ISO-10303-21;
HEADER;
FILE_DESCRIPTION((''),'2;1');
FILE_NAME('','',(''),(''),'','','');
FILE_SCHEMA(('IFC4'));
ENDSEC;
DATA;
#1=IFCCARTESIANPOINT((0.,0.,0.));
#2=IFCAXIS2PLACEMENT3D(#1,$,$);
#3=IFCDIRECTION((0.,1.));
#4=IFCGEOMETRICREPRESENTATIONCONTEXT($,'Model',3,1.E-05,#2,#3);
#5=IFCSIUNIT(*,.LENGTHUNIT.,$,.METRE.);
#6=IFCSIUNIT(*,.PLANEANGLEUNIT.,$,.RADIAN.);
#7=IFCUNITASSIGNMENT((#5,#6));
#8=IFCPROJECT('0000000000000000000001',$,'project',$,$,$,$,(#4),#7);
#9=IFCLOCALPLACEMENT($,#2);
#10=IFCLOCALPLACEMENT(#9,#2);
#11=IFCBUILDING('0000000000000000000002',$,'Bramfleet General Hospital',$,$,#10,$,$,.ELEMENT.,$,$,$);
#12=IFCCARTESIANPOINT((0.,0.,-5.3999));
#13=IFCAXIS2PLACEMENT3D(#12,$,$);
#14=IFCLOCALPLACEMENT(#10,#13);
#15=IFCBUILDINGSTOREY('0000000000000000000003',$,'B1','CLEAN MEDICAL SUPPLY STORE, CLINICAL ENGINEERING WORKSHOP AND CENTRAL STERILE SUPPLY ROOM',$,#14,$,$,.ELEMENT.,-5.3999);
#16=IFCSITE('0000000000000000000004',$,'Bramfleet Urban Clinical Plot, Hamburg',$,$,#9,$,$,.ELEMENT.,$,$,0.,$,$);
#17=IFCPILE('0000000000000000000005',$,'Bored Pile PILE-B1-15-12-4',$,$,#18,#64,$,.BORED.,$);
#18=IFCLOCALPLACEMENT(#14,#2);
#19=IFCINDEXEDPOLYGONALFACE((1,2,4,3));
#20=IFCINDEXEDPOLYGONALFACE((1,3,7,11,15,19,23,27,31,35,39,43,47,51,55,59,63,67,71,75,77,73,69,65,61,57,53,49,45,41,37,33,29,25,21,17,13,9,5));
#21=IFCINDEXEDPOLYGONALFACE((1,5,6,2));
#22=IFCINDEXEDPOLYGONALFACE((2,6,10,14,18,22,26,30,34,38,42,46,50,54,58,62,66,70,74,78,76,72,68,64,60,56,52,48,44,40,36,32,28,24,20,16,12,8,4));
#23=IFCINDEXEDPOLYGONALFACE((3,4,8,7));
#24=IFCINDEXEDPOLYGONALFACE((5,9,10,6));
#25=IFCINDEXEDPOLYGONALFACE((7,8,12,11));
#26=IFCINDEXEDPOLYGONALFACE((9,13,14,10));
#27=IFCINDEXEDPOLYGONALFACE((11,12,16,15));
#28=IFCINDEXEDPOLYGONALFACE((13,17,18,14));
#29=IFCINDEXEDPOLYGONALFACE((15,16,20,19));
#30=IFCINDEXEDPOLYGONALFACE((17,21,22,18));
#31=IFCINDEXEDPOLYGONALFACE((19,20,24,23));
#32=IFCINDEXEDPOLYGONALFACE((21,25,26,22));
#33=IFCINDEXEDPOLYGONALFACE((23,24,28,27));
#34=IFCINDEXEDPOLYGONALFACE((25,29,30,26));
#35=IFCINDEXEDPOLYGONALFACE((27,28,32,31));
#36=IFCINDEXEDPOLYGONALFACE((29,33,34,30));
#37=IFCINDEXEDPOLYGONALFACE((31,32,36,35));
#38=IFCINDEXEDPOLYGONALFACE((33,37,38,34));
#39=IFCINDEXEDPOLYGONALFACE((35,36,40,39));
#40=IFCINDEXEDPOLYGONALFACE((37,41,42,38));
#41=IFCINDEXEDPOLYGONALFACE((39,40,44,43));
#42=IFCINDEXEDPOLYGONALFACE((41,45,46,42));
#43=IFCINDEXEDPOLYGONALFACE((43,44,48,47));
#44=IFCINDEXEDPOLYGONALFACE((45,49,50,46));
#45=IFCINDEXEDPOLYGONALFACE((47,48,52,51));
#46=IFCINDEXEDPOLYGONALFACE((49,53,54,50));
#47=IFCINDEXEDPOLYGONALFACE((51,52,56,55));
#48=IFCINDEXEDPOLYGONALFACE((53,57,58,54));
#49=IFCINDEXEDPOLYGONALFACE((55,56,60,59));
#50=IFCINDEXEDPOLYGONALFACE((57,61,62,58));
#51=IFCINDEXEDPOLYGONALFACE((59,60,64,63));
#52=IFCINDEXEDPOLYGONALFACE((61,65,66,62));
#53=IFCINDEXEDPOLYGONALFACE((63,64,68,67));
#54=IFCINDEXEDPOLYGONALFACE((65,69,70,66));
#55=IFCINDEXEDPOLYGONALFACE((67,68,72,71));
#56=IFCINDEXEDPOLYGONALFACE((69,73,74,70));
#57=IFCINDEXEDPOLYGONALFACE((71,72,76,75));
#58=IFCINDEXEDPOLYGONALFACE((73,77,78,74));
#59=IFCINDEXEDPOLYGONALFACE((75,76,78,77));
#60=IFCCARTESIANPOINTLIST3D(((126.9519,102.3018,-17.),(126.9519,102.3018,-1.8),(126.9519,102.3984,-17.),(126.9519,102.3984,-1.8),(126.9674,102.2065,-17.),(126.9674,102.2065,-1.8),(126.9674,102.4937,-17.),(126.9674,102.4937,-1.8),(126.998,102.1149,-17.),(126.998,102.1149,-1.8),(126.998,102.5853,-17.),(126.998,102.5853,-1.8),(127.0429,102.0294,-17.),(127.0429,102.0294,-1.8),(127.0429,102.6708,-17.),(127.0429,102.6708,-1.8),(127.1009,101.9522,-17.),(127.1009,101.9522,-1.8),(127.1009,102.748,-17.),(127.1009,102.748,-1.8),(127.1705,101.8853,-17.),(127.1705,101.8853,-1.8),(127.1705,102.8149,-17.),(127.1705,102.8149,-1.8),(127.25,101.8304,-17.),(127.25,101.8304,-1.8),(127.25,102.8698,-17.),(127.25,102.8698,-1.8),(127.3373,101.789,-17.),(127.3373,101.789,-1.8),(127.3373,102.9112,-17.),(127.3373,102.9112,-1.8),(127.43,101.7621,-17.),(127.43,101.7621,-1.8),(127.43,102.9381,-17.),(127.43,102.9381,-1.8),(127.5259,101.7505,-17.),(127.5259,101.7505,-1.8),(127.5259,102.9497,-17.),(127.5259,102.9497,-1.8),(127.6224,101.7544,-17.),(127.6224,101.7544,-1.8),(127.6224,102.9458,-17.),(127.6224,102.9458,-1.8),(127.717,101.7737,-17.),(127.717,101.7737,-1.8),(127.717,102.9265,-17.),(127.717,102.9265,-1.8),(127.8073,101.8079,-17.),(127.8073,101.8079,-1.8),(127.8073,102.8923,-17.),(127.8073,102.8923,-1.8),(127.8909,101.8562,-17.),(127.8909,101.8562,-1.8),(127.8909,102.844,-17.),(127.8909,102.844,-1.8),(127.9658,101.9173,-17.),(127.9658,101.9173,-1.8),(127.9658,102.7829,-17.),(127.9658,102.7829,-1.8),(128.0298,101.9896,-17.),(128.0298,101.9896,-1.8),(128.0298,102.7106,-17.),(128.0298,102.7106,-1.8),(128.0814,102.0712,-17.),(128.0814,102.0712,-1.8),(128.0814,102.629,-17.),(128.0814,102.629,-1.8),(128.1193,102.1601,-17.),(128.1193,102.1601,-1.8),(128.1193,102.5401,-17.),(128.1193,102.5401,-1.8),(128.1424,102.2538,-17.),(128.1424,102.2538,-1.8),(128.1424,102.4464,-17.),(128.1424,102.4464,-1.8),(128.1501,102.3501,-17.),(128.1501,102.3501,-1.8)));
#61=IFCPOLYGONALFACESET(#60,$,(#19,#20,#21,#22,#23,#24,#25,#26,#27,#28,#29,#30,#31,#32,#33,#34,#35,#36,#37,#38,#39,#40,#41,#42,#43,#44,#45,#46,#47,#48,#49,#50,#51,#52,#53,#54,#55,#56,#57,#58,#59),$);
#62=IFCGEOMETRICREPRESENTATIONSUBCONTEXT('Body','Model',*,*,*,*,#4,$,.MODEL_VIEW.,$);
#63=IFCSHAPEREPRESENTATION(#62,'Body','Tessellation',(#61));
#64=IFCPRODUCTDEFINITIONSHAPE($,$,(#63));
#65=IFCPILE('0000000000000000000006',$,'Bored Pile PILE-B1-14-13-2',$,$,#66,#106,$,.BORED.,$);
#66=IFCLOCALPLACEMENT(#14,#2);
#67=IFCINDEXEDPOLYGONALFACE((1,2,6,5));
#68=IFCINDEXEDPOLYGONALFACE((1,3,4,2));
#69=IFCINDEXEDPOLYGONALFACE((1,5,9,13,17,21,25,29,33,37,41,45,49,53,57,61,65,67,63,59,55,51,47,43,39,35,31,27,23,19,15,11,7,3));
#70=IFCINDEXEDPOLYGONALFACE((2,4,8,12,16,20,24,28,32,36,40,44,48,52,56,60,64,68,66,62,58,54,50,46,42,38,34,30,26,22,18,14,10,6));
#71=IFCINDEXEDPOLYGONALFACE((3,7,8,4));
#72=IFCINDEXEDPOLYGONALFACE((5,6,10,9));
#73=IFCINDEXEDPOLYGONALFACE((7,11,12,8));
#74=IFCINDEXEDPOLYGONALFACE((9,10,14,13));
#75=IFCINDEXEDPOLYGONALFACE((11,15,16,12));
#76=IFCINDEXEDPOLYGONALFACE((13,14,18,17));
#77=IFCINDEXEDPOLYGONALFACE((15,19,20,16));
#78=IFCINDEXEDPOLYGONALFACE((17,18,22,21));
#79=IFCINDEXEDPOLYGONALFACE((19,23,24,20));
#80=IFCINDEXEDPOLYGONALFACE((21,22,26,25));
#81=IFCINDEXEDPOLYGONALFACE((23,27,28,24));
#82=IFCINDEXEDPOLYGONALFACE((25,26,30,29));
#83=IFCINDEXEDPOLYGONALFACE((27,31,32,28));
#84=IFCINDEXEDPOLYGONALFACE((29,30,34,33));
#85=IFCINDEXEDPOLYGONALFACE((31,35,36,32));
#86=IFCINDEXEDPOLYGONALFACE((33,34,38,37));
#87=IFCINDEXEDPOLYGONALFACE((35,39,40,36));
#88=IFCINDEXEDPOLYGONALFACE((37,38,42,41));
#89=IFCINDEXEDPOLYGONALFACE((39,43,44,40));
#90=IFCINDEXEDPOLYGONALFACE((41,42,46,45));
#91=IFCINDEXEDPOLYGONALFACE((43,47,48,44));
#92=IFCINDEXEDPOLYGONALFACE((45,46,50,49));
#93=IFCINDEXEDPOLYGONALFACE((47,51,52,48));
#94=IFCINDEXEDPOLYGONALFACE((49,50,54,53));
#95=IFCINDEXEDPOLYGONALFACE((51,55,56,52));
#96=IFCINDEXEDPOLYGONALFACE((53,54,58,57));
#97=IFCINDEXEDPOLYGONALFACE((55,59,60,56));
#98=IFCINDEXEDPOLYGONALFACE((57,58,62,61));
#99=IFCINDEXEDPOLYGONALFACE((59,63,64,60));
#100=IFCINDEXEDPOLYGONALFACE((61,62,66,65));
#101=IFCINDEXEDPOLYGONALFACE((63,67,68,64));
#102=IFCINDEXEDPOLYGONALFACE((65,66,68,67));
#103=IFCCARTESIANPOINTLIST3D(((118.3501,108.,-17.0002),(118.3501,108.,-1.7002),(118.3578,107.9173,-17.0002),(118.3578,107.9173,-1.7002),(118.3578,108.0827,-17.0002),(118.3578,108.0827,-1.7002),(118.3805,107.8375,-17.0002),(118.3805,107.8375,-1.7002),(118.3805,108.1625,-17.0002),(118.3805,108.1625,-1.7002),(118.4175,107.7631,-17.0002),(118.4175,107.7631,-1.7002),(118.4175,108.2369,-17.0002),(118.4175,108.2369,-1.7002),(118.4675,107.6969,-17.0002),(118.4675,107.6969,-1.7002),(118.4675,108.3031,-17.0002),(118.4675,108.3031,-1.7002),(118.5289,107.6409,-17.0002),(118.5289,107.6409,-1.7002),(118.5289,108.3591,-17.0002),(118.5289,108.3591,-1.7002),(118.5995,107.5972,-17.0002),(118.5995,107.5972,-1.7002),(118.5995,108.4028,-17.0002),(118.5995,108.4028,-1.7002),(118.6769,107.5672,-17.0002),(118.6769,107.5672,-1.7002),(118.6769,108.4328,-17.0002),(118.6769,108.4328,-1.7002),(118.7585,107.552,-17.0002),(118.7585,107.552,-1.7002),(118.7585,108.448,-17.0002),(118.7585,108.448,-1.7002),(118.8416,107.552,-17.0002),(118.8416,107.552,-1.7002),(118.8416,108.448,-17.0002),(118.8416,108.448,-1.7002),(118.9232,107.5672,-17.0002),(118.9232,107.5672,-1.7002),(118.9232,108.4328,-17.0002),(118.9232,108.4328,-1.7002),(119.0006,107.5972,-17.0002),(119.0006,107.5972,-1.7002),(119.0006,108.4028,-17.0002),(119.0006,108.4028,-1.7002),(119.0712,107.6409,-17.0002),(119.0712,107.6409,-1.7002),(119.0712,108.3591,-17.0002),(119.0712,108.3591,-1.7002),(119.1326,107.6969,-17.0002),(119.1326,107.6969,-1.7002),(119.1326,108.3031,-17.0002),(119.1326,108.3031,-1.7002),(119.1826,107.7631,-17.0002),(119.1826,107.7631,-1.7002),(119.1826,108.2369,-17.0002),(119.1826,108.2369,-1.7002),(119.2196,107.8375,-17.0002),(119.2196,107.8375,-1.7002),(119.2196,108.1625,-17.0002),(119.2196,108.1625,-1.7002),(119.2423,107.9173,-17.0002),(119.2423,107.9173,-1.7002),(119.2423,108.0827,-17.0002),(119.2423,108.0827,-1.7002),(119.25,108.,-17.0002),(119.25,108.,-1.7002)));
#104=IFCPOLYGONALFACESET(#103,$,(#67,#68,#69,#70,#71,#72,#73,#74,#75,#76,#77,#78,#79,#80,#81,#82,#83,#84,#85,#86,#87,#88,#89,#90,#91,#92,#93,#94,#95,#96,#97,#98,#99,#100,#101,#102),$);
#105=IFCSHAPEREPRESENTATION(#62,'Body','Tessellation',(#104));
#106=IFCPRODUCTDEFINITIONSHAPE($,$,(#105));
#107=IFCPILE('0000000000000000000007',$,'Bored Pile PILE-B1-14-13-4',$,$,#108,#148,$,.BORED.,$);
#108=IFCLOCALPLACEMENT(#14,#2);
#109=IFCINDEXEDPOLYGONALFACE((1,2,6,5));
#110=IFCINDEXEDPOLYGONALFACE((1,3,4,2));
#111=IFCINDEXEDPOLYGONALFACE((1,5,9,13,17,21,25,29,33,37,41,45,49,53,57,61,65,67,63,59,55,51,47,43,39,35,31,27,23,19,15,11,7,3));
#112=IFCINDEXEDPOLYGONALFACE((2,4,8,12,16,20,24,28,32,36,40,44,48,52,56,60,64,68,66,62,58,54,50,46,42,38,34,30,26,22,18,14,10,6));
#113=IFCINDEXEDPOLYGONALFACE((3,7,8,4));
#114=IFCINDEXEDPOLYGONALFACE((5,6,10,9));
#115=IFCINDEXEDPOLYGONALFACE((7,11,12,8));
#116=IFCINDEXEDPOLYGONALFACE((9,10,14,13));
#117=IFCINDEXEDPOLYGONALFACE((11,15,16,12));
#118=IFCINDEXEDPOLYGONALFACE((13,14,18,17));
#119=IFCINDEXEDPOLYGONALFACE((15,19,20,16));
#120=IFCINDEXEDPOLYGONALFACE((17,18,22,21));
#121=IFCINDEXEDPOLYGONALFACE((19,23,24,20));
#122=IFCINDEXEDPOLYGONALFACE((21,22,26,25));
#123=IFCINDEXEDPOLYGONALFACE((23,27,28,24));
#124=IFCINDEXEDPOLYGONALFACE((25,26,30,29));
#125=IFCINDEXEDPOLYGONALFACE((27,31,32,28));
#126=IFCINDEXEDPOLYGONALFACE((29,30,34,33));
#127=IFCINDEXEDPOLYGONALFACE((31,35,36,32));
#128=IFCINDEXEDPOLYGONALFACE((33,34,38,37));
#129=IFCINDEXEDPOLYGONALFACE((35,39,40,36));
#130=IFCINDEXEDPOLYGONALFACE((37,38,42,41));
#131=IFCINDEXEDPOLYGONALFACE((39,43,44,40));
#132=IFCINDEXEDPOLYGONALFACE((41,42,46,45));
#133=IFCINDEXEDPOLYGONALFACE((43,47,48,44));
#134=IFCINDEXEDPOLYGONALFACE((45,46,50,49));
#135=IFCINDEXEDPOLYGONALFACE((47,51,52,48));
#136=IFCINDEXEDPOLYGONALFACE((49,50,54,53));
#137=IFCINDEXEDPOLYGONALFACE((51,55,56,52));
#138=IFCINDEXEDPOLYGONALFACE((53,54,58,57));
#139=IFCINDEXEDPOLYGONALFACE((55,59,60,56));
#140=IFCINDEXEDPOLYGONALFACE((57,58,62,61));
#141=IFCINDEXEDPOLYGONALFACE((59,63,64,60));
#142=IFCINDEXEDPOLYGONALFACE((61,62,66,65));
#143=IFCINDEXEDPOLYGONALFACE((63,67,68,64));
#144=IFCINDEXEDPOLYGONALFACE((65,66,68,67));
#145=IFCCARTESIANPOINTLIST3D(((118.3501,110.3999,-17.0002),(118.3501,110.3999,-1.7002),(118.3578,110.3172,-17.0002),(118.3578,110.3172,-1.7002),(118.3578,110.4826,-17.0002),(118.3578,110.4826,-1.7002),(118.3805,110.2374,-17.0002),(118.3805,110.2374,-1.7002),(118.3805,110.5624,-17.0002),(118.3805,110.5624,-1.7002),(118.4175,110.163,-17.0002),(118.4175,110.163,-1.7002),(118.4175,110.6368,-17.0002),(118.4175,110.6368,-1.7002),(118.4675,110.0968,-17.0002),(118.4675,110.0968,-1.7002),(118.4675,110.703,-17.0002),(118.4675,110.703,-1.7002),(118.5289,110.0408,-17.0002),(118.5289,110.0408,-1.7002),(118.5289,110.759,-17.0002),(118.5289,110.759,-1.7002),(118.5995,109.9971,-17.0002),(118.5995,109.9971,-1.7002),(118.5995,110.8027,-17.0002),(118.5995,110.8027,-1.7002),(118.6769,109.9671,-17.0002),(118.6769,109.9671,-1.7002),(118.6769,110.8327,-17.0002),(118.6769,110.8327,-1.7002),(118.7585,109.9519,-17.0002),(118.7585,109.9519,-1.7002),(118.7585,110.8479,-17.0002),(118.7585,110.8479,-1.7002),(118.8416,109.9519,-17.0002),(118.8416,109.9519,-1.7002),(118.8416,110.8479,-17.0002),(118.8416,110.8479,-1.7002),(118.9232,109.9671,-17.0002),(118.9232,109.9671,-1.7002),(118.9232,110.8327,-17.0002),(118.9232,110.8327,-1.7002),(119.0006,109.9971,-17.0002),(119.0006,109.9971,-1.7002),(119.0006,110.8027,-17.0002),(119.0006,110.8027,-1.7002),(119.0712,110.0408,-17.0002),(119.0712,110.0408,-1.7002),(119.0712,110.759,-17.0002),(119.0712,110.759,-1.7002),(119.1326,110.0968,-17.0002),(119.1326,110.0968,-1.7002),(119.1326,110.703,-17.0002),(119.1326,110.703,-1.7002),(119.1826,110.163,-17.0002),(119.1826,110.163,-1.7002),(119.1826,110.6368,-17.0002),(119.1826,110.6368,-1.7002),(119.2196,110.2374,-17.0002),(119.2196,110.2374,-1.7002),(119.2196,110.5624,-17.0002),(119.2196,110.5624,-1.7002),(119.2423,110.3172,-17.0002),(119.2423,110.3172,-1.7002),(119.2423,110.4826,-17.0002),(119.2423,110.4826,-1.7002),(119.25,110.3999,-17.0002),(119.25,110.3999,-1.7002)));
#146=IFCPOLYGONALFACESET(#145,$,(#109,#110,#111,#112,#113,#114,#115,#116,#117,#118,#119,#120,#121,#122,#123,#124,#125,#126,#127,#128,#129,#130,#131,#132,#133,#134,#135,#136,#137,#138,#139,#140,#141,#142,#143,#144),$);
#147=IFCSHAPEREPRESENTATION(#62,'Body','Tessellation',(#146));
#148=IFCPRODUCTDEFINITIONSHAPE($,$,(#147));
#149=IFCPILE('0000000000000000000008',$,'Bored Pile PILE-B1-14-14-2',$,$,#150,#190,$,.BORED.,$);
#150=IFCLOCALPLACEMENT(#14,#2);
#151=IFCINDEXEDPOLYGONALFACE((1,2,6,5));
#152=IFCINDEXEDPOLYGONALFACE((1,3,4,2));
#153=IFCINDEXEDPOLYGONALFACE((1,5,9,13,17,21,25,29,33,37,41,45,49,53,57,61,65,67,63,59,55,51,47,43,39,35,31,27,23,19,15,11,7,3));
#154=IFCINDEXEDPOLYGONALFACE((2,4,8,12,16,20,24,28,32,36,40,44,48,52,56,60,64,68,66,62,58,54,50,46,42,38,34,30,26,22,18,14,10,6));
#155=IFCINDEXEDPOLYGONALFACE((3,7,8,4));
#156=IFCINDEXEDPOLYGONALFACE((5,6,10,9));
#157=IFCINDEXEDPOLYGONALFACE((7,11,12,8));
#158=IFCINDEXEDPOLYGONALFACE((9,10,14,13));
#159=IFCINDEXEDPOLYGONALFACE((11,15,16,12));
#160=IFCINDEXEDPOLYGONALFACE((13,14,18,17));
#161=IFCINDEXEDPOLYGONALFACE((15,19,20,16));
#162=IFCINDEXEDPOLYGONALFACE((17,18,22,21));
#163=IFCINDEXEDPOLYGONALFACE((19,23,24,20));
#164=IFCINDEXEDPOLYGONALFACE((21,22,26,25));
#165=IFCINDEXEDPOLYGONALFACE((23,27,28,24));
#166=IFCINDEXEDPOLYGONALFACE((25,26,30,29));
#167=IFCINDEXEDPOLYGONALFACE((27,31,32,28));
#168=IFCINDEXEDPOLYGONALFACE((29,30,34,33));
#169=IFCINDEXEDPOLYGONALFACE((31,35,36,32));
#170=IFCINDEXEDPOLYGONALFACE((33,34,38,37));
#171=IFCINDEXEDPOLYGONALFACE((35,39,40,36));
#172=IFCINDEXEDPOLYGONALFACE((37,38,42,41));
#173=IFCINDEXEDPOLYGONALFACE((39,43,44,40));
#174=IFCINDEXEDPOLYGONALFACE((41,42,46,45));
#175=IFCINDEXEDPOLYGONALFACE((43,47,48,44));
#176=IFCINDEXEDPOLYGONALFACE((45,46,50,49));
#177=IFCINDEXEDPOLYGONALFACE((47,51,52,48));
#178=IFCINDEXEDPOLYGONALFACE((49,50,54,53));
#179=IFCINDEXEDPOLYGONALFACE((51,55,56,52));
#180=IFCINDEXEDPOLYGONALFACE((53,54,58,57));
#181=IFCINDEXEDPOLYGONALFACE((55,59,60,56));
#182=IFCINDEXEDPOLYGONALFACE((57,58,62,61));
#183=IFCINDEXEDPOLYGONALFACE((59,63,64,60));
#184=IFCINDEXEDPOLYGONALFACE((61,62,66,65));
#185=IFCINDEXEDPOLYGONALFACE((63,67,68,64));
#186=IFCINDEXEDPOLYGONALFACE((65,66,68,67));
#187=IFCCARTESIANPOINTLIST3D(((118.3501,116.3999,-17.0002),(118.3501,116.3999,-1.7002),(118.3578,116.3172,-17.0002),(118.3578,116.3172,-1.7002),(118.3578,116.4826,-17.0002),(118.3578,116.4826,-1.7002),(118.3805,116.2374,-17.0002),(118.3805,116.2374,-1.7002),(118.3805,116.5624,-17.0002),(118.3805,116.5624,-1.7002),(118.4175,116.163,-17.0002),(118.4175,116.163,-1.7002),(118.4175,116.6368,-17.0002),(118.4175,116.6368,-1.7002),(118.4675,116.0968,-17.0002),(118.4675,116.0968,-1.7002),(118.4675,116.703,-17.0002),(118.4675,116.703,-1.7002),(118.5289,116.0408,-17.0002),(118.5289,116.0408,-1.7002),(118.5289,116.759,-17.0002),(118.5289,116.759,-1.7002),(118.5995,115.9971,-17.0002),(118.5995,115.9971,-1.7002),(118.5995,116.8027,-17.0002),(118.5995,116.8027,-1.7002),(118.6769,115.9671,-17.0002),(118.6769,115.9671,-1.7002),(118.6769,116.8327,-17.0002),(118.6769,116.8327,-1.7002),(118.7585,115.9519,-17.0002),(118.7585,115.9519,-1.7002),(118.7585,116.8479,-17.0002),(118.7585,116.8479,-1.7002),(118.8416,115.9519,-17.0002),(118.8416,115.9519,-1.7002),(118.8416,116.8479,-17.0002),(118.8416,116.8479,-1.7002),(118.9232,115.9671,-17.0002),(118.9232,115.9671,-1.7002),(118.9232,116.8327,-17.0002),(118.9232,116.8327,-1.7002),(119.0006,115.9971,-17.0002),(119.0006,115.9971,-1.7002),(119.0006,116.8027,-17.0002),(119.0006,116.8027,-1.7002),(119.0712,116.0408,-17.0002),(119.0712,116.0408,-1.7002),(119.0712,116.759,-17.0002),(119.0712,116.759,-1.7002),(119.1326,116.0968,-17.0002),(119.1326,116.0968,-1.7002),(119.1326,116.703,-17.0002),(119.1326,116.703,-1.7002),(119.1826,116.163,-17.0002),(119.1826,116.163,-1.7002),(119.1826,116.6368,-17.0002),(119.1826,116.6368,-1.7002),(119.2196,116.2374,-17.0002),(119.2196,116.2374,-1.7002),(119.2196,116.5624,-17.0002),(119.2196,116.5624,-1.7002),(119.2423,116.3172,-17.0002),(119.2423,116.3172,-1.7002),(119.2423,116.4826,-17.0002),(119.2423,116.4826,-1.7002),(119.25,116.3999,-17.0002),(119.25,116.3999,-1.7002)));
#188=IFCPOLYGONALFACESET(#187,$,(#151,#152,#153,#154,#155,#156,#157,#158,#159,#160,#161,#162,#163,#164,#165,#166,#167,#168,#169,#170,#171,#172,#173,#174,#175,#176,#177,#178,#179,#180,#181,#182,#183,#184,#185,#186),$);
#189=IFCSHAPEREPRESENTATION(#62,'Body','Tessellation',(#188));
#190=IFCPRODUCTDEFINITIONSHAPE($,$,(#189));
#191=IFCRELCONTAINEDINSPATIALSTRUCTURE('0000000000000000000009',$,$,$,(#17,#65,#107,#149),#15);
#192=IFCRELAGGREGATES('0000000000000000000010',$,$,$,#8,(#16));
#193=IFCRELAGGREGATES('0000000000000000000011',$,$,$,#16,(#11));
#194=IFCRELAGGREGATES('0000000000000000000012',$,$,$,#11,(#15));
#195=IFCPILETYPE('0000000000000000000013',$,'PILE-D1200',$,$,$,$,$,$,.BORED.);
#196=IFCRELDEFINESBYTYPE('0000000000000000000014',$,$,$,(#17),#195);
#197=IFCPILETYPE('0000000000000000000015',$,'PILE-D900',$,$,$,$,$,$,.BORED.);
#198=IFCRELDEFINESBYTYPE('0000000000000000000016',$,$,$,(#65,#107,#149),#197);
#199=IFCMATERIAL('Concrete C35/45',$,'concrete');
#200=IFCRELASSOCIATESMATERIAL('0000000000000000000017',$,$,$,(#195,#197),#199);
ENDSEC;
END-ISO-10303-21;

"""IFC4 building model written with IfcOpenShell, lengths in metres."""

from ifc_helpers import new_model, si_unit, direction, frame, origin, origin_2d, place, context, subcontext, project, spatial, circle, extrude, material, material_profile, profile_set, type_object, element, save


model = new_model("IFC4")

# Units and contexts
model_context = context("Model", 3, precision=1e-05, world=origin(), true_north=direction((0.0, 1.0)))
body_context = subcontext(model_context, "Body", "Model", "MODEL_VIEW")
ifc_project = project(units=[si_unit("LENGTHUNIT", "METRE"), si_unit("PLANEANGLEUNIT", "RADIAN")], contexts=[model_context])

# Site, building, storey
site_placement = place(None, origin())
site = spatial("IfcSite", under=ifc_project, at=site_placement, Name="Bramfleet Urban Clinical Plot, Hamburg", CompositionType="ELEMENT", RefElevation=0.0)
building_placement = place(site_placement, origin())
building = spatial("IfcBuilding", under=site, at=building_placement, Name="Bramfleet General Hospital", CompositionType="ELEMENT")
storey_placement = place(building_placement, frame((0.0, 0.0, -5.3999)))
storey = spatial("IfcBuildingStorey", under=building, at=storey_placement, Name="B1", Description="CLEAN MEDICAL SUPPLY STORE, CLINICAL ENGINEERING WORKSHOP AND CENTRAL STERILE SUPPLY ROOM", CompositionType="ELEMENT", Elevation=-5.3999)

# Shared definitions
ifc_material_1 = material(Name="Concrete C35/45", Category="concrete")

# Piles
ifc_material_profile_1 = material_profile(ifc_material_1, circle(Radius=0.6001, at=origin_2d()), Name="PILE BORED D1200")
ifc_profile_set_1 = profile_set([ifc_material_profile_1], Name="Concrete C35/45")
pile_type_1 = type_object("IfcPileType", Name="PILE-D1200", PredefinedType="BORED", material=ifc_profile_set_1)
for number, where, z_axis, x_axis, name in (
    (1, (127.55, 102.3501, -1.8), (0.0, 0.0, -1.0), (1.0, 0.0, 0.0), "Bored Pile PILE-B1-15-12-4"),
):
    element("IfcPile", number, at=place(storey_placement, frame(where, z_axis=z_axis, x_axis=x_axis)), inside=storey, type_object=pile_type_1, Name=name, PredefinedType="BORED", context=body_context, shape_type="SweptSolid", body=[
        extrude(circle(Radius=0.6001, at=origin_2d()), origin(), (0.0, 0.0, 1.0), 15.2),
    ])
ifc_material_profile_2 = material_profile(ifc_material_1, circle(Radius=0.45, at=origin_2d()), Name="PILE BORED D900")
ifc_profile_set_2 = profile_set([ifc_material_profile_2], Name="Concrete C35/45")
pile_type_2 = type_object("IfcPileType", Name="PILE-D900", PredefinedType="BORED", material=ifc_profile_set_2)
for number, where, z_axis, x_axis, name in (
    (2, (118.8, 108.0, -1.7002), (0.0, 0.0, -1.0), (1.0, 0.0, 0.0), "Bored Pile PILE-B1-14-13-2"),
    (3, (118.8, 110.3999, -1.7002), (0.0, 0.0, -1.0), (1.0, 0.0, 0.0), "Bored Pile PILE-B1-14-13-4"),
    (4, (118.8, 116.3999, -1.7002), (0.0, 0.0, -1.0), (1.0, 0.0, 0.0), "Bored Pile PILE-B1-14-14-2"),
):
    element("IfcPile", number, at=place(storey_placement, frame(where, z_axis=z_axis, x_axis=x_axis)), inside=storey, type_object=pile_type_2, Name=name, PredefinedType="BORED", context=body_context, shape_type="SweptSolid", body=[
        extrude(circle(Radius=0.45, at=origin_2d()), origin(), (0.0, 0.0, 1.0), 15.3),
    ])

save(model, "model.ifc")
